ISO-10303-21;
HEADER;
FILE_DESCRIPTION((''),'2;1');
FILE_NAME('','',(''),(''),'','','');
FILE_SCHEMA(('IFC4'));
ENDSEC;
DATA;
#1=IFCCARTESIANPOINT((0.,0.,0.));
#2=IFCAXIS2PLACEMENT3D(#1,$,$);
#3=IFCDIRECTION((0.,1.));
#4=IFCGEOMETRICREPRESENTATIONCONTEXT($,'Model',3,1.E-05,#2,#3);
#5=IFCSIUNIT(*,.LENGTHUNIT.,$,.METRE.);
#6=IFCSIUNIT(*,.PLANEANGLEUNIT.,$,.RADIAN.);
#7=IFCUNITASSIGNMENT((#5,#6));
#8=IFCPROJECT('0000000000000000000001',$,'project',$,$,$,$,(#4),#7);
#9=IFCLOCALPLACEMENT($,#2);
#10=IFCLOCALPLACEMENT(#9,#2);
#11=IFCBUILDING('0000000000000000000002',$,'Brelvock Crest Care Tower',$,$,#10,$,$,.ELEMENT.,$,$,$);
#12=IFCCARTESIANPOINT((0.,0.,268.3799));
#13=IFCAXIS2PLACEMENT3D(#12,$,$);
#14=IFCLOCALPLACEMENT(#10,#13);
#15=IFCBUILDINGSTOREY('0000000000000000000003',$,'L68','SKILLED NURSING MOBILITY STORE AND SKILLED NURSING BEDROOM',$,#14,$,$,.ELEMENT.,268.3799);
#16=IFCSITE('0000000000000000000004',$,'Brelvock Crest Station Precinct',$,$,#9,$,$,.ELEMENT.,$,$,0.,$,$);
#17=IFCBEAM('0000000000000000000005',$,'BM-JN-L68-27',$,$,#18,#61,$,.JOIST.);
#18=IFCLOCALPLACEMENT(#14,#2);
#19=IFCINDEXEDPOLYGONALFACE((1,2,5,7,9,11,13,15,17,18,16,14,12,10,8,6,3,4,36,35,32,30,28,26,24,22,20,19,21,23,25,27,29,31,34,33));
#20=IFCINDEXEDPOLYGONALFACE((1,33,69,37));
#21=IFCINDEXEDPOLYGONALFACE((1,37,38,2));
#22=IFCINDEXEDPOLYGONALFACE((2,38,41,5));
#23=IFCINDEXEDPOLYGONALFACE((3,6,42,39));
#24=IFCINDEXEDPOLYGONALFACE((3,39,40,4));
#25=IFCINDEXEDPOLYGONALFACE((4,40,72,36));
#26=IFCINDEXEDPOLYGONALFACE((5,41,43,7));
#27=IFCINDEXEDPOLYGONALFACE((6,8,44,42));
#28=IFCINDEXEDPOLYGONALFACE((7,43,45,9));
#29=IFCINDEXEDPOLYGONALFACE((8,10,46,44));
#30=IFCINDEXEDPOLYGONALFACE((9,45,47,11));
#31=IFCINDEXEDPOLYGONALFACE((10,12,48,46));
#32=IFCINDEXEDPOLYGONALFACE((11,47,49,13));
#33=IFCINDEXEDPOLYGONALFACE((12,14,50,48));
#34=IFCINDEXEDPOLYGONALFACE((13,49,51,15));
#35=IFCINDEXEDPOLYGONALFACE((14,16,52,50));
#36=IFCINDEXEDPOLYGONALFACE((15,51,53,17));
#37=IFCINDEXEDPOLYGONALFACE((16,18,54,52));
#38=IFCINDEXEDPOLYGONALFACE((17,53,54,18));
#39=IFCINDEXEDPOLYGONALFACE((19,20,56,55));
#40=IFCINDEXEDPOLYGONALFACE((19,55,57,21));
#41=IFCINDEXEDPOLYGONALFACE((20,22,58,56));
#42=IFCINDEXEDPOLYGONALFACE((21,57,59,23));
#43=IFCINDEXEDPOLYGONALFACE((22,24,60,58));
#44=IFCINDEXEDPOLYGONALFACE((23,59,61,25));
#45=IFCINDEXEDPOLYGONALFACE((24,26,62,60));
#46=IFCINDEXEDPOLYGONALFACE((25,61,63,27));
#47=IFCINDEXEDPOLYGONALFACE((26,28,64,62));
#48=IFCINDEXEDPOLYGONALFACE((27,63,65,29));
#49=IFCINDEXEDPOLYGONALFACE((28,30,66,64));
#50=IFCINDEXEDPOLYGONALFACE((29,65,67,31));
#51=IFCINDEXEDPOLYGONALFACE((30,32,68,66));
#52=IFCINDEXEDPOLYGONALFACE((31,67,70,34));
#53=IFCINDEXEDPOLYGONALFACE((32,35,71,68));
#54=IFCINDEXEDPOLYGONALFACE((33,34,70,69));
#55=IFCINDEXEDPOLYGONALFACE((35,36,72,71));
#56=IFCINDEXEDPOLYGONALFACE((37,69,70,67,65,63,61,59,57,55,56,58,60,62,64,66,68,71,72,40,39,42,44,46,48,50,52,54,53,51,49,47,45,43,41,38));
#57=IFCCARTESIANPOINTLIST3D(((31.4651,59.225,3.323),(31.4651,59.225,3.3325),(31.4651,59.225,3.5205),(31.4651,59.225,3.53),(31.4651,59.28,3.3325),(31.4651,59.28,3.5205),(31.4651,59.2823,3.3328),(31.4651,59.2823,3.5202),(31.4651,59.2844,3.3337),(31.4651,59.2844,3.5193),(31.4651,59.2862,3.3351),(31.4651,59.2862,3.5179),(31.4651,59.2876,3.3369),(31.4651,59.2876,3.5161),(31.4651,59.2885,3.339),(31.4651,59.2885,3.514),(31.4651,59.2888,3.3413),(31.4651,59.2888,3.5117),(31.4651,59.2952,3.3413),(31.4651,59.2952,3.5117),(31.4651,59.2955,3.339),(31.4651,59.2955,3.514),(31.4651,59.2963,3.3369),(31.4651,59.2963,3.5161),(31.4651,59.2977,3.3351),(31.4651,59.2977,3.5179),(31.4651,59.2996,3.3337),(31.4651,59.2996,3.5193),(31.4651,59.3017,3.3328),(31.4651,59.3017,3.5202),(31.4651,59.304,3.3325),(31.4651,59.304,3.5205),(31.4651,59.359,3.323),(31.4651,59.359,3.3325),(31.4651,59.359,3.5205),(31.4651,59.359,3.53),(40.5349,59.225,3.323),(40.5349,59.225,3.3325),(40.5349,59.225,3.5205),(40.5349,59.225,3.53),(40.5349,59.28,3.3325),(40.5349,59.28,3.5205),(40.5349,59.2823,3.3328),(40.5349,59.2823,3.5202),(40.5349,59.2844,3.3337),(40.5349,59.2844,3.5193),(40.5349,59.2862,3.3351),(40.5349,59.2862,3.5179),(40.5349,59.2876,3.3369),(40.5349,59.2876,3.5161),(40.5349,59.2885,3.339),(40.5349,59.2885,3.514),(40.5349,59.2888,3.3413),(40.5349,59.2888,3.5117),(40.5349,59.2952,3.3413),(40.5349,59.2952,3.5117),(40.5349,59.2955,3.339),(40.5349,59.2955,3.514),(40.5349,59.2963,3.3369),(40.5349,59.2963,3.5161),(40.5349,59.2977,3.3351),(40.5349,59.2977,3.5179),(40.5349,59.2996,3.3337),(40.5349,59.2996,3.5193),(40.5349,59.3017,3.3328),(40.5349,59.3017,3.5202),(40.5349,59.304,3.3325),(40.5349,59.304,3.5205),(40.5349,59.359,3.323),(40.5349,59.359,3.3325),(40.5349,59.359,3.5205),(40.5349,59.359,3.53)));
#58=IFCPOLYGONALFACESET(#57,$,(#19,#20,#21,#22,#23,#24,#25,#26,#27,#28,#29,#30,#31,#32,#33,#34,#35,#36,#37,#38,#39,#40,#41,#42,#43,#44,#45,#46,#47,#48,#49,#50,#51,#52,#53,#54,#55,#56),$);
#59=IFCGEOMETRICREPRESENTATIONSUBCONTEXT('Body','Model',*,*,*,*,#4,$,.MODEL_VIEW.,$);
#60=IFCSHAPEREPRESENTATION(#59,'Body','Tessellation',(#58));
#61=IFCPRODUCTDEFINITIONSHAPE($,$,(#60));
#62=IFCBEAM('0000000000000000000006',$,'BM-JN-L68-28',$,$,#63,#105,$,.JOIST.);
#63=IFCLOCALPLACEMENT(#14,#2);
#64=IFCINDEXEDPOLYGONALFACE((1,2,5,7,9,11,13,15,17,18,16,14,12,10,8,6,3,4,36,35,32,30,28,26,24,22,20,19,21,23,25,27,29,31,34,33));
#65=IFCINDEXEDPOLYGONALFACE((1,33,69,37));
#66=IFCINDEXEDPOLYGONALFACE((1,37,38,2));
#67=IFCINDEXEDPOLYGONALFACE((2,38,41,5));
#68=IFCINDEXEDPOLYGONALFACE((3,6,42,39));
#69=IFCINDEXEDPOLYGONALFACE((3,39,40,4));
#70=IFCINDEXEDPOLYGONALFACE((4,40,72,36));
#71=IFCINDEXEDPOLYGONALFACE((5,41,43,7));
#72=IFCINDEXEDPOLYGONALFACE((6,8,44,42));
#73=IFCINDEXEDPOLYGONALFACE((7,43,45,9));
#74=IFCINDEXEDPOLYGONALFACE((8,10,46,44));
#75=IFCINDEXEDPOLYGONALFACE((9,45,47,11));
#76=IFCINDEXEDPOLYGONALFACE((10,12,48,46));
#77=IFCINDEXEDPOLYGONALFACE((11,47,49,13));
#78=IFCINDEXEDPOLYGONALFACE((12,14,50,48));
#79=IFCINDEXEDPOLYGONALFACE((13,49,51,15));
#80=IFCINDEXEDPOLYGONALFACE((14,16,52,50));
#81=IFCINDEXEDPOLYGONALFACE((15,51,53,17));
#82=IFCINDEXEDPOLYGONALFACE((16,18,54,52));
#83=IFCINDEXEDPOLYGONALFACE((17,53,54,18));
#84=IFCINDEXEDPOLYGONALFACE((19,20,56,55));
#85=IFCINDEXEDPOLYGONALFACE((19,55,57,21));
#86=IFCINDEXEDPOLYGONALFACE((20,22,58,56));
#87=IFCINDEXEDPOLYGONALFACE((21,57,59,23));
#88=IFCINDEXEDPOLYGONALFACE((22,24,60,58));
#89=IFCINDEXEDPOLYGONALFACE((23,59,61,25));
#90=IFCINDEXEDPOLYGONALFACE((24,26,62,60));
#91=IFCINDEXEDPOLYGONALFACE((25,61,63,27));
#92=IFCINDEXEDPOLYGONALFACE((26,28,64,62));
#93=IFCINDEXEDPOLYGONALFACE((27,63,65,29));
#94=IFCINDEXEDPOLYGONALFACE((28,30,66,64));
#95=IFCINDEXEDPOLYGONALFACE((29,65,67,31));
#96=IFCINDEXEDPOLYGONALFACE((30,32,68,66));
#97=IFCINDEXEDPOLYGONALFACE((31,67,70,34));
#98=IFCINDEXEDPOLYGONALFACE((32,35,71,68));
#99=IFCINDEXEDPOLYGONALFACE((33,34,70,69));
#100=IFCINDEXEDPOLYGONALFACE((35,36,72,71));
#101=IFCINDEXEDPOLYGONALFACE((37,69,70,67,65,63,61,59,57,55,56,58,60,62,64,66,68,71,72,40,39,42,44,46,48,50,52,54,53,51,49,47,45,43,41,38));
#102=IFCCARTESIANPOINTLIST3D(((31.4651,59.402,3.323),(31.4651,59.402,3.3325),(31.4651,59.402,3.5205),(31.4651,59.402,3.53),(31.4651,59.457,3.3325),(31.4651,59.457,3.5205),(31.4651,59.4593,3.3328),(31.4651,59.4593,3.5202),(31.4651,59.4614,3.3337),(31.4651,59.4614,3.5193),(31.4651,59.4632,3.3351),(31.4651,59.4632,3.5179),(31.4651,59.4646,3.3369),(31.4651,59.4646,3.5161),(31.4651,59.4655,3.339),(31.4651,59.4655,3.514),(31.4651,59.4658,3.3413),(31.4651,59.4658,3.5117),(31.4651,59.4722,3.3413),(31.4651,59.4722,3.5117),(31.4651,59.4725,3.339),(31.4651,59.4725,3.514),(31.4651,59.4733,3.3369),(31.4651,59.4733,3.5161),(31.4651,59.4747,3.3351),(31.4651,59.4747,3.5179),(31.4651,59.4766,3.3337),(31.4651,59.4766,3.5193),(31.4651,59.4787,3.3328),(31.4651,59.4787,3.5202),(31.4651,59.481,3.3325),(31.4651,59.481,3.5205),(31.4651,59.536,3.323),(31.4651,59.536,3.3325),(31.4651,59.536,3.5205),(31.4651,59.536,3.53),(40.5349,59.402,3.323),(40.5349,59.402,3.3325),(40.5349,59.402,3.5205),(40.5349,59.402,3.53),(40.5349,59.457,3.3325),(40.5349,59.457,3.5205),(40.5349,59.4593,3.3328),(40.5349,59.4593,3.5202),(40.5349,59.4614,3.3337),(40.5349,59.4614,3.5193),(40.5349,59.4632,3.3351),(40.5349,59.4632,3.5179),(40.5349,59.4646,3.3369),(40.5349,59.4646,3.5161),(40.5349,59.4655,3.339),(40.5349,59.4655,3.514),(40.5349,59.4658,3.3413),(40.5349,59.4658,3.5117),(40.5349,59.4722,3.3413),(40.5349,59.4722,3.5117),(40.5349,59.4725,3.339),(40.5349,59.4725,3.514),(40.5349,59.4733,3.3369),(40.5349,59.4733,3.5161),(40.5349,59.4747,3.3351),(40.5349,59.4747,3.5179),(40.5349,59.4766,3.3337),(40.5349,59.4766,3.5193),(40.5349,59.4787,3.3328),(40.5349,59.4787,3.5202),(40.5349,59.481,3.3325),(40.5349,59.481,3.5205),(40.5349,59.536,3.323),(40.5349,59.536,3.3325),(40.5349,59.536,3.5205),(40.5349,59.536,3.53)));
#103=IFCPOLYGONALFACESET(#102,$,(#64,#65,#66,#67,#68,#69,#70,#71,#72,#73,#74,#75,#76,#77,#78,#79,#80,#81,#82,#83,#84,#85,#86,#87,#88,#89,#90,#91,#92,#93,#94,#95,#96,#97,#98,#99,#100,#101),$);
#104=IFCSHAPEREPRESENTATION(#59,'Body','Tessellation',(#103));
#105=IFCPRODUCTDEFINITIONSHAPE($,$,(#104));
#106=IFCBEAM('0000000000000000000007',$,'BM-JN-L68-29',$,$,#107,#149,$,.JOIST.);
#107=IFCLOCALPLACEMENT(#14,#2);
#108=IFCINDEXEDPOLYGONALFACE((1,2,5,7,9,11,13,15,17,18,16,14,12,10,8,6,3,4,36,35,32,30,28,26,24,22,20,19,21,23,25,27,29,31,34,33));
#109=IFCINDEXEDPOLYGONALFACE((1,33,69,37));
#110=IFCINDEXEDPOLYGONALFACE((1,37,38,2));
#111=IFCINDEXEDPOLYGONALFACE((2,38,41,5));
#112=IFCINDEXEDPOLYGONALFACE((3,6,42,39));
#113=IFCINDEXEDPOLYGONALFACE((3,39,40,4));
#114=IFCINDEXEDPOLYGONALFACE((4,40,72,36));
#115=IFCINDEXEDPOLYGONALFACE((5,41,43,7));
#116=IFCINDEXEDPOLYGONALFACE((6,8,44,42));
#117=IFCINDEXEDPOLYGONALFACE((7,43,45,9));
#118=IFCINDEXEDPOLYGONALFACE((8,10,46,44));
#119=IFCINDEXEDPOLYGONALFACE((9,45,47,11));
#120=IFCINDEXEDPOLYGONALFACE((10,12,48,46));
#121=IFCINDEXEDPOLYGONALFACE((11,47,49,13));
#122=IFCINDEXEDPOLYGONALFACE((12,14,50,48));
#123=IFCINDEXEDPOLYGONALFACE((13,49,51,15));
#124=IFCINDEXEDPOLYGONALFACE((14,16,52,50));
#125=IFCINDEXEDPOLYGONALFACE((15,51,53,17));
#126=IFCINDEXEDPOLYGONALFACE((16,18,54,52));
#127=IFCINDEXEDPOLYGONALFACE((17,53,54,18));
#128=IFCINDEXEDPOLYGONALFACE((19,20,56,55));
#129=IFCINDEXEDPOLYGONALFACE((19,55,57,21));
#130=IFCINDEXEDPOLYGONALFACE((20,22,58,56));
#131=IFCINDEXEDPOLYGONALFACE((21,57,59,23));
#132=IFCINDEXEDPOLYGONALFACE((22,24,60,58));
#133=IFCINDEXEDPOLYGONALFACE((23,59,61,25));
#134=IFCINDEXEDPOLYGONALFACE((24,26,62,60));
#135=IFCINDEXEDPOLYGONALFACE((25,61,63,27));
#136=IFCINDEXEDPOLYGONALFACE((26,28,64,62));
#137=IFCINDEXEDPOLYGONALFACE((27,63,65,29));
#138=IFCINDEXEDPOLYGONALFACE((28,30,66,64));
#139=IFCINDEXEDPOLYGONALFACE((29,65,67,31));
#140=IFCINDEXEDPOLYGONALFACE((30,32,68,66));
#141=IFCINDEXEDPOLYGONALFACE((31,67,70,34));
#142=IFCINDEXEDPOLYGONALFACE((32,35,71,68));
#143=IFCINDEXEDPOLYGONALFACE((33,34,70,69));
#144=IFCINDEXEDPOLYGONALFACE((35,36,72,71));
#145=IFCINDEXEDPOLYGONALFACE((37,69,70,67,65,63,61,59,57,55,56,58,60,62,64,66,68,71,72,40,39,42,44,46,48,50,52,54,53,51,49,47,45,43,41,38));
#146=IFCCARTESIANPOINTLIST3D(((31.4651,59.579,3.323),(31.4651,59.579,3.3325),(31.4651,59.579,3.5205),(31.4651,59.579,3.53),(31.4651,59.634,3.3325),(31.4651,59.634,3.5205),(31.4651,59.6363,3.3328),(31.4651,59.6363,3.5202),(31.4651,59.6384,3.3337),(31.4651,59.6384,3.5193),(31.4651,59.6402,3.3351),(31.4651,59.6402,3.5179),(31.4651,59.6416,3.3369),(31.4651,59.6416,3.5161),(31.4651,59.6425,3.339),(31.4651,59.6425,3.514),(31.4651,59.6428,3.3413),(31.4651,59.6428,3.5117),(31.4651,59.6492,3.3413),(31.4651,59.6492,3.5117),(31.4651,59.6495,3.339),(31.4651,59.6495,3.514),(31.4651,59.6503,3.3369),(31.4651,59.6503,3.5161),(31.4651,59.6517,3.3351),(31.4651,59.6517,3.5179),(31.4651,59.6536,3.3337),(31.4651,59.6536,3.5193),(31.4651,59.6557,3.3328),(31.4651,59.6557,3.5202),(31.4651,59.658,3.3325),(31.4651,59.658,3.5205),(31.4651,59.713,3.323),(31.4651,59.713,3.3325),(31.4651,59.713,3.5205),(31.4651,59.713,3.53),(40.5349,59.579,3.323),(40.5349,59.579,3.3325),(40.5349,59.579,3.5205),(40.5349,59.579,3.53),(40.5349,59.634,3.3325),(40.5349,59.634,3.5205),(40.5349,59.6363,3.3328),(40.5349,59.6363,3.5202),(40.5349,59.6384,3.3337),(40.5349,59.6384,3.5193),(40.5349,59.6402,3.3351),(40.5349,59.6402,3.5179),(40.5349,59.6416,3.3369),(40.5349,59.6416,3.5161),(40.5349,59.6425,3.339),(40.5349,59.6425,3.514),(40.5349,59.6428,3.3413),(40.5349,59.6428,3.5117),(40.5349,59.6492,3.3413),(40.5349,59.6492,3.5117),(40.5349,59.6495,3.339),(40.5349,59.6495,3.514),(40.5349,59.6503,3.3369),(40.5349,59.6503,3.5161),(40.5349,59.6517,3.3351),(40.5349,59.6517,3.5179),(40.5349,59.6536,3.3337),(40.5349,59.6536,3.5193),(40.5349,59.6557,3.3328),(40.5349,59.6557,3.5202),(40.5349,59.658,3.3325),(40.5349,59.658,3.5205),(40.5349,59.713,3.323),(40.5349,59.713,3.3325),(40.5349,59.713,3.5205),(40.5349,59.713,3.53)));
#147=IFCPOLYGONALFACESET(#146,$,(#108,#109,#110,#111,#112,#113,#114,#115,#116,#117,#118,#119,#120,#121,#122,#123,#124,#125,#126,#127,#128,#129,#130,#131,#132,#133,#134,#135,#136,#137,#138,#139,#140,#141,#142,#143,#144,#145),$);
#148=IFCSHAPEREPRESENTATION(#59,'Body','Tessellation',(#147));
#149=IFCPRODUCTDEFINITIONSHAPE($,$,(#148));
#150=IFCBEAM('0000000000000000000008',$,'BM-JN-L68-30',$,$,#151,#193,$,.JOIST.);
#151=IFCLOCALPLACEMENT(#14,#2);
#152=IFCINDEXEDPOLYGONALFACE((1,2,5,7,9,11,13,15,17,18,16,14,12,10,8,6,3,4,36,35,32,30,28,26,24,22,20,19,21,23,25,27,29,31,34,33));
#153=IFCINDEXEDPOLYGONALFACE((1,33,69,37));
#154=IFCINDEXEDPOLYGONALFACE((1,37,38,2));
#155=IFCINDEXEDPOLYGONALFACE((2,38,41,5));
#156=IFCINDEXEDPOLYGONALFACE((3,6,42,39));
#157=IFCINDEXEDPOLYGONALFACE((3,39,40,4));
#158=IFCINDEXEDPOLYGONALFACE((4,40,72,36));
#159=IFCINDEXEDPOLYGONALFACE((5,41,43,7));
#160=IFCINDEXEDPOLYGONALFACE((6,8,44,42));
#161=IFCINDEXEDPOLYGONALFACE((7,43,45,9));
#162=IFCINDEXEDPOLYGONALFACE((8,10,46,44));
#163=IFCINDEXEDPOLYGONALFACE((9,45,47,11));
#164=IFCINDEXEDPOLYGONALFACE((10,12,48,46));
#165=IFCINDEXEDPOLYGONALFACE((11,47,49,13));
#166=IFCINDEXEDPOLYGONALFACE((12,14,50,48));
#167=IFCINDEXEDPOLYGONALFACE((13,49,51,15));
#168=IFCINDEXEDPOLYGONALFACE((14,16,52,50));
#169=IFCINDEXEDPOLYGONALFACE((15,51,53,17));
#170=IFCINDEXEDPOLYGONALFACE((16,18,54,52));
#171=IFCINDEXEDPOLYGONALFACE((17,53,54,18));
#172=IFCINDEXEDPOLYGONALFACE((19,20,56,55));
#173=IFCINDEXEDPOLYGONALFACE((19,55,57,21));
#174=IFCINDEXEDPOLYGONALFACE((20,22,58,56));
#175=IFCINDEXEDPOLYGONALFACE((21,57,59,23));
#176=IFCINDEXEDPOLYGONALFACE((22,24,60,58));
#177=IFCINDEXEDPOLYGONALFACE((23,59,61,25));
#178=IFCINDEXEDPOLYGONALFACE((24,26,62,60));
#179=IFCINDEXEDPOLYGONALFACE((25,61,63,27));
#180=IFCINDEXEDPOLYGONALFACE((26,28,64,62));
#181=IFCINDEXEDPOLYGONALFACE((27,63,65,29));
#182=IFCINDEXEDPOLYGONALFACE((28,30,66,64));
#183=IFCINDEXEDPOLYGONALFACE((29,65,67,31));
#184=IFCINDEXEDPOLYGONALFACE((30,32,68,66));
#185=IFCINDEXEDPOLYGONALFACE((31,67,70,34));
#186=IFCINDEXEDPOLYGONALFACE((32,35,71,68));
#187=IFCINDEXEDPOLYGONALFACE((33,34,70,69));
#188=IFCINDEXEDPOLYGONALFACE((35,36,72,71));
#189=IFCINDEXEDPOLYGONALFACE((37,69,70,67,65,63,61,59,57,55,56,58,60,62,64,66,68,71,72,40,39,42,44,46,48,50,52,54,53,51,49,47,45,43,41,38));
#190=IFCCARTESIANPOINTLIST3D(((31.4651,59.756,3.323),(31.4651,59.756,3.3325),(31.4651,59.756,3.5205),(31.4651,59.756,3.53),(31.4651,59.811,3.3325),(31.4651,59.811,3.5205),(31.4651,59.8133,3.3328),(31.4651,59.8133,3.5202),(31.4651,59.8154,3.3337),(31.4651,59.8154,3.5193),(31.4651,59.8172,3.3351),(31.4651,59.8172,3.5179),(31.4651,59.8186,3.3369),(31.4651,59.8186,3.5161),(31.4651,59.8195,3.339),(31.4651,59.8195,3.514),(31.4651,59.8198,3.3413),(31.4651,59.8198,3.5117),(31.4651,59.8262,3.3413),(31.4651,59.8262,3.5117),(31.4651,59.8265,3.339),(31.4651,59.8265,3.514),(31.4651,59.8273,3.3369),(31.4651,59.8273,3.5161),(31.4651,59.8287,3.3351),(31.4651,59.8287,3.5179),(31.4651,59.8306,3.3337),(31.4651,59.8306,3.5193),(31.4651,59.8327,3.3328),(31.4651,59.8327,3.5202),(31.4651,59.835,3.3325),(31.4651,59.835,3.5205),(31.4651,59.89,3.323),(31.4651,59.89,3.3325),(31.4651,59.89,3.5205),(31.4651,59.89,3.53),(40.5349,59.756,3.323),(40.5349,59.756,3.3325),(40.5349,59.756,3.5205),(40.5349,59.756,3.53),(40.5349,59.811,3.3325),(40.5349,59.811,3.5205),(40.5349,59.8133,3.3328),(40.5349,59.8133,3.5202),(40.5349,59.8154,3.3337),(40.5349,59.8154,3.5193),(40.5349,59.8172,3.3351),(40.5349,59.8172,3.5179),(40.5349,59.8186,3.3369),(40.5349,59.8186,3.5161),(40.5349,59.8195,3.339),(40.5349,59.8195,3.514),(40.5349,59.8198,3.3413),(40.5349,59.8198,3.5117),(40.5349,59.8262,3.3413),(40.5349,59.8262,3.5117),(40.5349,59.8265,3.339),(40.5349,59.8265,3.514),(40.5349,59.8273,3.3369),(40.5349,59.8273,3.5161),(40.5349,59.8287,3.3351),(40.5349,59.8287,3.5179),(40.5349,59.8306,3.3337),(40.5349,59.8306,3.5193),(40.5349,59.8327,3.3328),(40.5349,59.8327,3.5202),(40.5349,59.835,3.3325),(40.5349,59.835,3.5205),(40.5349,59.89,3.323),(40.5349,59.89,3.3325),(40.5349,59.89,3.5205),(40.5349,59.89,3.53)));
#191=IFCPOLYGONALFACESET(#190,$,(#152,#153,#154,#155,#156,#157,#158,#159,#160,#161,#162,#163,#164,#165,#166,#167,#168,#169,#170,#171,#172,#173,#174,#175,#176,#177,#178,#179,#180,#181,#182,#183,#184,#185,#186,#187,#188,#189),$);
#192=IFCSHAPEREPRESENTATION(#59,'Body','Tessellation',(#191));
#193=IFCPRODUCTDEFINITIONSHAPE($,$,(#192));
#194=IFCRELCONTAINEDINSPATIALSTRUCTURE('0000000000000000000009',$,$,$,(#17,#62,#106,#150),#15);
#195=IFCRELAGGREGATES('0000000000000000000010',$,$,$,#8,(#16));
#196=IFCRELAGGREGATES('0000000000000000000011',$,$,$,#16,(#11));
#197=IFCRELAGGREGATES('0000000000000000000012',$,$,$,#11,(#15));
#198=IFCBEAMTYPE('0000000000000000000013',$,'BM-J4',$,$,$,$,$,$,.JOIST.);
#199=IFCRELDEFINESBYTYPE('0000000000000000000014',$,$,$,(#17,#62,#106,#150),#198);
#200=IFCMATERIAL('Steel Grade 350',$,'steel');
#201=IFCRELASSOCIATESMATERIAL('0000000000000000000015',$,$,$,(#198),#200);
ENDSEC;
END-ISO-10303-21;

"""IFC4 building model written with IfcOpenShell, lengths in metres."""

from ifc_helpers import new_model, si_unit, direction, frame, origin, origin_2d, place, context, subcontext, project, spatial, i_section, extrude, source, transform, mapped, material, material_profile, profile_set, type_object, element, save


model = new_model("IFC4")

# Units and contexts
model_context = context("Model", 3, precision=1e-05, world=origin(), true_north=direction((0.0, 1.0)))
body_context = subcontext(model_context, "Body", "Model", "MODEL_VIEW")
ifc_project = project(units=[si_unit("LENGTHUNIT", "METRE"), si_unit("PLANEANGLEUNIT", "RADIAN")], contexts=[model_context])

# Site, building, storey
site_placement = place(None, origin())
site = spatial("IfcSite", under=ifc_project, at=site_placement, Name="Brelvock Crest Station Precinct", CompositionType="ELEMENT", RefElevation=0.0)
building_placement = place(site_placement, origin())
building = spatial("IfcBuilding", under=site, at=building_placement, Name="Brelvock Crest Care Tower", CompositionType="ELEMENT")
storey_placement = place(building_placement, frame((0.0, 0.0, 268.3799)))
storey = spatial("IfcBuildingStorey", under=building, at=storey_placement, Name="L68", Description="SKILLED NURSING MOBILITY STORE AND SKILLED NURSING BEDROOM", CompositionType="ELEMENT", Elevation=268.3799)

# Shared definitions
ifc_material_1 = material(Name="Steel Grade 350", Category="steel")

# Beams
ifc_material_profile_1 = material_profile(ifc_material_1, i_section(OverallWidth=0.134, OverallDepth=0.207, WebThickness=0.0063, FlangeThickness=0.0095, FilletRadius=0.0088, at=origin_2d()), Name="200UB29.8")
ifc_profile_set_1 = profile_set([ifc_material_profile_1], Name="Steel Grade 350")
beam_type_1 = type_object("IfcBeamType", Name="BM-J4", PredefinedType="JOIST", material=ifc_profile_set_1)
shared_shape_1 = source(origin(), body_context, "Body", "SweptSolid", [
    extrude(i_section(OverallWidth=0.134, OverallDepth=0.207, WebThickness=0.0063, FlangeThickness=0.0095, FilletRadius=0.0088, at=origin_2d()), origin(), (0.0, 0.0, 1.0), 9.0698),
])
for number, where, z_axis, x_axis, name in (
    (1, (31.4651, 59.292, 3.4265), (1.0, 0.0, 0.0), (0.0, 1.0, 0.0), "BM-JN-L68-27"),
    (2, (31.4651, 59.469, 3.4265), (1.0, 0.0, 0.0), (0.0, 1.0, 0.0), "BM-JN-L68-28"),
    (3, (31.4651, 59.646, 3.4265), (1.0, 0.0, 0.0), (0.0, 1.0, 0.0), "BM-JN-L68-29"),
    (4, (31.4651, 59.823, 3.4265), (1.0, 0.0, 0.0), (0.0, 1.0, 0.0), "BM-JN-L68-30"),
):
    element("IfcBeam", number, at=place(storey_placement, frame(where, z_axis=z_axis, x_axis=x_axis)), inside=storey, type_object=beam_type_1, Name=name, PredefinedType="JOIST", context=body_context, shape_type="MappedRepresentation", body=[
        mapped(shared_shape_1, transform((0.0, 0.0, 0.0), x_axis=(1.0, 0.0, 0.0), y_axis=(0.0, 1.0, 0.0), z_axis=(0.0, 0.0, 1.0), scale=1.0)),
    ])

save(model, "model.ifc")
